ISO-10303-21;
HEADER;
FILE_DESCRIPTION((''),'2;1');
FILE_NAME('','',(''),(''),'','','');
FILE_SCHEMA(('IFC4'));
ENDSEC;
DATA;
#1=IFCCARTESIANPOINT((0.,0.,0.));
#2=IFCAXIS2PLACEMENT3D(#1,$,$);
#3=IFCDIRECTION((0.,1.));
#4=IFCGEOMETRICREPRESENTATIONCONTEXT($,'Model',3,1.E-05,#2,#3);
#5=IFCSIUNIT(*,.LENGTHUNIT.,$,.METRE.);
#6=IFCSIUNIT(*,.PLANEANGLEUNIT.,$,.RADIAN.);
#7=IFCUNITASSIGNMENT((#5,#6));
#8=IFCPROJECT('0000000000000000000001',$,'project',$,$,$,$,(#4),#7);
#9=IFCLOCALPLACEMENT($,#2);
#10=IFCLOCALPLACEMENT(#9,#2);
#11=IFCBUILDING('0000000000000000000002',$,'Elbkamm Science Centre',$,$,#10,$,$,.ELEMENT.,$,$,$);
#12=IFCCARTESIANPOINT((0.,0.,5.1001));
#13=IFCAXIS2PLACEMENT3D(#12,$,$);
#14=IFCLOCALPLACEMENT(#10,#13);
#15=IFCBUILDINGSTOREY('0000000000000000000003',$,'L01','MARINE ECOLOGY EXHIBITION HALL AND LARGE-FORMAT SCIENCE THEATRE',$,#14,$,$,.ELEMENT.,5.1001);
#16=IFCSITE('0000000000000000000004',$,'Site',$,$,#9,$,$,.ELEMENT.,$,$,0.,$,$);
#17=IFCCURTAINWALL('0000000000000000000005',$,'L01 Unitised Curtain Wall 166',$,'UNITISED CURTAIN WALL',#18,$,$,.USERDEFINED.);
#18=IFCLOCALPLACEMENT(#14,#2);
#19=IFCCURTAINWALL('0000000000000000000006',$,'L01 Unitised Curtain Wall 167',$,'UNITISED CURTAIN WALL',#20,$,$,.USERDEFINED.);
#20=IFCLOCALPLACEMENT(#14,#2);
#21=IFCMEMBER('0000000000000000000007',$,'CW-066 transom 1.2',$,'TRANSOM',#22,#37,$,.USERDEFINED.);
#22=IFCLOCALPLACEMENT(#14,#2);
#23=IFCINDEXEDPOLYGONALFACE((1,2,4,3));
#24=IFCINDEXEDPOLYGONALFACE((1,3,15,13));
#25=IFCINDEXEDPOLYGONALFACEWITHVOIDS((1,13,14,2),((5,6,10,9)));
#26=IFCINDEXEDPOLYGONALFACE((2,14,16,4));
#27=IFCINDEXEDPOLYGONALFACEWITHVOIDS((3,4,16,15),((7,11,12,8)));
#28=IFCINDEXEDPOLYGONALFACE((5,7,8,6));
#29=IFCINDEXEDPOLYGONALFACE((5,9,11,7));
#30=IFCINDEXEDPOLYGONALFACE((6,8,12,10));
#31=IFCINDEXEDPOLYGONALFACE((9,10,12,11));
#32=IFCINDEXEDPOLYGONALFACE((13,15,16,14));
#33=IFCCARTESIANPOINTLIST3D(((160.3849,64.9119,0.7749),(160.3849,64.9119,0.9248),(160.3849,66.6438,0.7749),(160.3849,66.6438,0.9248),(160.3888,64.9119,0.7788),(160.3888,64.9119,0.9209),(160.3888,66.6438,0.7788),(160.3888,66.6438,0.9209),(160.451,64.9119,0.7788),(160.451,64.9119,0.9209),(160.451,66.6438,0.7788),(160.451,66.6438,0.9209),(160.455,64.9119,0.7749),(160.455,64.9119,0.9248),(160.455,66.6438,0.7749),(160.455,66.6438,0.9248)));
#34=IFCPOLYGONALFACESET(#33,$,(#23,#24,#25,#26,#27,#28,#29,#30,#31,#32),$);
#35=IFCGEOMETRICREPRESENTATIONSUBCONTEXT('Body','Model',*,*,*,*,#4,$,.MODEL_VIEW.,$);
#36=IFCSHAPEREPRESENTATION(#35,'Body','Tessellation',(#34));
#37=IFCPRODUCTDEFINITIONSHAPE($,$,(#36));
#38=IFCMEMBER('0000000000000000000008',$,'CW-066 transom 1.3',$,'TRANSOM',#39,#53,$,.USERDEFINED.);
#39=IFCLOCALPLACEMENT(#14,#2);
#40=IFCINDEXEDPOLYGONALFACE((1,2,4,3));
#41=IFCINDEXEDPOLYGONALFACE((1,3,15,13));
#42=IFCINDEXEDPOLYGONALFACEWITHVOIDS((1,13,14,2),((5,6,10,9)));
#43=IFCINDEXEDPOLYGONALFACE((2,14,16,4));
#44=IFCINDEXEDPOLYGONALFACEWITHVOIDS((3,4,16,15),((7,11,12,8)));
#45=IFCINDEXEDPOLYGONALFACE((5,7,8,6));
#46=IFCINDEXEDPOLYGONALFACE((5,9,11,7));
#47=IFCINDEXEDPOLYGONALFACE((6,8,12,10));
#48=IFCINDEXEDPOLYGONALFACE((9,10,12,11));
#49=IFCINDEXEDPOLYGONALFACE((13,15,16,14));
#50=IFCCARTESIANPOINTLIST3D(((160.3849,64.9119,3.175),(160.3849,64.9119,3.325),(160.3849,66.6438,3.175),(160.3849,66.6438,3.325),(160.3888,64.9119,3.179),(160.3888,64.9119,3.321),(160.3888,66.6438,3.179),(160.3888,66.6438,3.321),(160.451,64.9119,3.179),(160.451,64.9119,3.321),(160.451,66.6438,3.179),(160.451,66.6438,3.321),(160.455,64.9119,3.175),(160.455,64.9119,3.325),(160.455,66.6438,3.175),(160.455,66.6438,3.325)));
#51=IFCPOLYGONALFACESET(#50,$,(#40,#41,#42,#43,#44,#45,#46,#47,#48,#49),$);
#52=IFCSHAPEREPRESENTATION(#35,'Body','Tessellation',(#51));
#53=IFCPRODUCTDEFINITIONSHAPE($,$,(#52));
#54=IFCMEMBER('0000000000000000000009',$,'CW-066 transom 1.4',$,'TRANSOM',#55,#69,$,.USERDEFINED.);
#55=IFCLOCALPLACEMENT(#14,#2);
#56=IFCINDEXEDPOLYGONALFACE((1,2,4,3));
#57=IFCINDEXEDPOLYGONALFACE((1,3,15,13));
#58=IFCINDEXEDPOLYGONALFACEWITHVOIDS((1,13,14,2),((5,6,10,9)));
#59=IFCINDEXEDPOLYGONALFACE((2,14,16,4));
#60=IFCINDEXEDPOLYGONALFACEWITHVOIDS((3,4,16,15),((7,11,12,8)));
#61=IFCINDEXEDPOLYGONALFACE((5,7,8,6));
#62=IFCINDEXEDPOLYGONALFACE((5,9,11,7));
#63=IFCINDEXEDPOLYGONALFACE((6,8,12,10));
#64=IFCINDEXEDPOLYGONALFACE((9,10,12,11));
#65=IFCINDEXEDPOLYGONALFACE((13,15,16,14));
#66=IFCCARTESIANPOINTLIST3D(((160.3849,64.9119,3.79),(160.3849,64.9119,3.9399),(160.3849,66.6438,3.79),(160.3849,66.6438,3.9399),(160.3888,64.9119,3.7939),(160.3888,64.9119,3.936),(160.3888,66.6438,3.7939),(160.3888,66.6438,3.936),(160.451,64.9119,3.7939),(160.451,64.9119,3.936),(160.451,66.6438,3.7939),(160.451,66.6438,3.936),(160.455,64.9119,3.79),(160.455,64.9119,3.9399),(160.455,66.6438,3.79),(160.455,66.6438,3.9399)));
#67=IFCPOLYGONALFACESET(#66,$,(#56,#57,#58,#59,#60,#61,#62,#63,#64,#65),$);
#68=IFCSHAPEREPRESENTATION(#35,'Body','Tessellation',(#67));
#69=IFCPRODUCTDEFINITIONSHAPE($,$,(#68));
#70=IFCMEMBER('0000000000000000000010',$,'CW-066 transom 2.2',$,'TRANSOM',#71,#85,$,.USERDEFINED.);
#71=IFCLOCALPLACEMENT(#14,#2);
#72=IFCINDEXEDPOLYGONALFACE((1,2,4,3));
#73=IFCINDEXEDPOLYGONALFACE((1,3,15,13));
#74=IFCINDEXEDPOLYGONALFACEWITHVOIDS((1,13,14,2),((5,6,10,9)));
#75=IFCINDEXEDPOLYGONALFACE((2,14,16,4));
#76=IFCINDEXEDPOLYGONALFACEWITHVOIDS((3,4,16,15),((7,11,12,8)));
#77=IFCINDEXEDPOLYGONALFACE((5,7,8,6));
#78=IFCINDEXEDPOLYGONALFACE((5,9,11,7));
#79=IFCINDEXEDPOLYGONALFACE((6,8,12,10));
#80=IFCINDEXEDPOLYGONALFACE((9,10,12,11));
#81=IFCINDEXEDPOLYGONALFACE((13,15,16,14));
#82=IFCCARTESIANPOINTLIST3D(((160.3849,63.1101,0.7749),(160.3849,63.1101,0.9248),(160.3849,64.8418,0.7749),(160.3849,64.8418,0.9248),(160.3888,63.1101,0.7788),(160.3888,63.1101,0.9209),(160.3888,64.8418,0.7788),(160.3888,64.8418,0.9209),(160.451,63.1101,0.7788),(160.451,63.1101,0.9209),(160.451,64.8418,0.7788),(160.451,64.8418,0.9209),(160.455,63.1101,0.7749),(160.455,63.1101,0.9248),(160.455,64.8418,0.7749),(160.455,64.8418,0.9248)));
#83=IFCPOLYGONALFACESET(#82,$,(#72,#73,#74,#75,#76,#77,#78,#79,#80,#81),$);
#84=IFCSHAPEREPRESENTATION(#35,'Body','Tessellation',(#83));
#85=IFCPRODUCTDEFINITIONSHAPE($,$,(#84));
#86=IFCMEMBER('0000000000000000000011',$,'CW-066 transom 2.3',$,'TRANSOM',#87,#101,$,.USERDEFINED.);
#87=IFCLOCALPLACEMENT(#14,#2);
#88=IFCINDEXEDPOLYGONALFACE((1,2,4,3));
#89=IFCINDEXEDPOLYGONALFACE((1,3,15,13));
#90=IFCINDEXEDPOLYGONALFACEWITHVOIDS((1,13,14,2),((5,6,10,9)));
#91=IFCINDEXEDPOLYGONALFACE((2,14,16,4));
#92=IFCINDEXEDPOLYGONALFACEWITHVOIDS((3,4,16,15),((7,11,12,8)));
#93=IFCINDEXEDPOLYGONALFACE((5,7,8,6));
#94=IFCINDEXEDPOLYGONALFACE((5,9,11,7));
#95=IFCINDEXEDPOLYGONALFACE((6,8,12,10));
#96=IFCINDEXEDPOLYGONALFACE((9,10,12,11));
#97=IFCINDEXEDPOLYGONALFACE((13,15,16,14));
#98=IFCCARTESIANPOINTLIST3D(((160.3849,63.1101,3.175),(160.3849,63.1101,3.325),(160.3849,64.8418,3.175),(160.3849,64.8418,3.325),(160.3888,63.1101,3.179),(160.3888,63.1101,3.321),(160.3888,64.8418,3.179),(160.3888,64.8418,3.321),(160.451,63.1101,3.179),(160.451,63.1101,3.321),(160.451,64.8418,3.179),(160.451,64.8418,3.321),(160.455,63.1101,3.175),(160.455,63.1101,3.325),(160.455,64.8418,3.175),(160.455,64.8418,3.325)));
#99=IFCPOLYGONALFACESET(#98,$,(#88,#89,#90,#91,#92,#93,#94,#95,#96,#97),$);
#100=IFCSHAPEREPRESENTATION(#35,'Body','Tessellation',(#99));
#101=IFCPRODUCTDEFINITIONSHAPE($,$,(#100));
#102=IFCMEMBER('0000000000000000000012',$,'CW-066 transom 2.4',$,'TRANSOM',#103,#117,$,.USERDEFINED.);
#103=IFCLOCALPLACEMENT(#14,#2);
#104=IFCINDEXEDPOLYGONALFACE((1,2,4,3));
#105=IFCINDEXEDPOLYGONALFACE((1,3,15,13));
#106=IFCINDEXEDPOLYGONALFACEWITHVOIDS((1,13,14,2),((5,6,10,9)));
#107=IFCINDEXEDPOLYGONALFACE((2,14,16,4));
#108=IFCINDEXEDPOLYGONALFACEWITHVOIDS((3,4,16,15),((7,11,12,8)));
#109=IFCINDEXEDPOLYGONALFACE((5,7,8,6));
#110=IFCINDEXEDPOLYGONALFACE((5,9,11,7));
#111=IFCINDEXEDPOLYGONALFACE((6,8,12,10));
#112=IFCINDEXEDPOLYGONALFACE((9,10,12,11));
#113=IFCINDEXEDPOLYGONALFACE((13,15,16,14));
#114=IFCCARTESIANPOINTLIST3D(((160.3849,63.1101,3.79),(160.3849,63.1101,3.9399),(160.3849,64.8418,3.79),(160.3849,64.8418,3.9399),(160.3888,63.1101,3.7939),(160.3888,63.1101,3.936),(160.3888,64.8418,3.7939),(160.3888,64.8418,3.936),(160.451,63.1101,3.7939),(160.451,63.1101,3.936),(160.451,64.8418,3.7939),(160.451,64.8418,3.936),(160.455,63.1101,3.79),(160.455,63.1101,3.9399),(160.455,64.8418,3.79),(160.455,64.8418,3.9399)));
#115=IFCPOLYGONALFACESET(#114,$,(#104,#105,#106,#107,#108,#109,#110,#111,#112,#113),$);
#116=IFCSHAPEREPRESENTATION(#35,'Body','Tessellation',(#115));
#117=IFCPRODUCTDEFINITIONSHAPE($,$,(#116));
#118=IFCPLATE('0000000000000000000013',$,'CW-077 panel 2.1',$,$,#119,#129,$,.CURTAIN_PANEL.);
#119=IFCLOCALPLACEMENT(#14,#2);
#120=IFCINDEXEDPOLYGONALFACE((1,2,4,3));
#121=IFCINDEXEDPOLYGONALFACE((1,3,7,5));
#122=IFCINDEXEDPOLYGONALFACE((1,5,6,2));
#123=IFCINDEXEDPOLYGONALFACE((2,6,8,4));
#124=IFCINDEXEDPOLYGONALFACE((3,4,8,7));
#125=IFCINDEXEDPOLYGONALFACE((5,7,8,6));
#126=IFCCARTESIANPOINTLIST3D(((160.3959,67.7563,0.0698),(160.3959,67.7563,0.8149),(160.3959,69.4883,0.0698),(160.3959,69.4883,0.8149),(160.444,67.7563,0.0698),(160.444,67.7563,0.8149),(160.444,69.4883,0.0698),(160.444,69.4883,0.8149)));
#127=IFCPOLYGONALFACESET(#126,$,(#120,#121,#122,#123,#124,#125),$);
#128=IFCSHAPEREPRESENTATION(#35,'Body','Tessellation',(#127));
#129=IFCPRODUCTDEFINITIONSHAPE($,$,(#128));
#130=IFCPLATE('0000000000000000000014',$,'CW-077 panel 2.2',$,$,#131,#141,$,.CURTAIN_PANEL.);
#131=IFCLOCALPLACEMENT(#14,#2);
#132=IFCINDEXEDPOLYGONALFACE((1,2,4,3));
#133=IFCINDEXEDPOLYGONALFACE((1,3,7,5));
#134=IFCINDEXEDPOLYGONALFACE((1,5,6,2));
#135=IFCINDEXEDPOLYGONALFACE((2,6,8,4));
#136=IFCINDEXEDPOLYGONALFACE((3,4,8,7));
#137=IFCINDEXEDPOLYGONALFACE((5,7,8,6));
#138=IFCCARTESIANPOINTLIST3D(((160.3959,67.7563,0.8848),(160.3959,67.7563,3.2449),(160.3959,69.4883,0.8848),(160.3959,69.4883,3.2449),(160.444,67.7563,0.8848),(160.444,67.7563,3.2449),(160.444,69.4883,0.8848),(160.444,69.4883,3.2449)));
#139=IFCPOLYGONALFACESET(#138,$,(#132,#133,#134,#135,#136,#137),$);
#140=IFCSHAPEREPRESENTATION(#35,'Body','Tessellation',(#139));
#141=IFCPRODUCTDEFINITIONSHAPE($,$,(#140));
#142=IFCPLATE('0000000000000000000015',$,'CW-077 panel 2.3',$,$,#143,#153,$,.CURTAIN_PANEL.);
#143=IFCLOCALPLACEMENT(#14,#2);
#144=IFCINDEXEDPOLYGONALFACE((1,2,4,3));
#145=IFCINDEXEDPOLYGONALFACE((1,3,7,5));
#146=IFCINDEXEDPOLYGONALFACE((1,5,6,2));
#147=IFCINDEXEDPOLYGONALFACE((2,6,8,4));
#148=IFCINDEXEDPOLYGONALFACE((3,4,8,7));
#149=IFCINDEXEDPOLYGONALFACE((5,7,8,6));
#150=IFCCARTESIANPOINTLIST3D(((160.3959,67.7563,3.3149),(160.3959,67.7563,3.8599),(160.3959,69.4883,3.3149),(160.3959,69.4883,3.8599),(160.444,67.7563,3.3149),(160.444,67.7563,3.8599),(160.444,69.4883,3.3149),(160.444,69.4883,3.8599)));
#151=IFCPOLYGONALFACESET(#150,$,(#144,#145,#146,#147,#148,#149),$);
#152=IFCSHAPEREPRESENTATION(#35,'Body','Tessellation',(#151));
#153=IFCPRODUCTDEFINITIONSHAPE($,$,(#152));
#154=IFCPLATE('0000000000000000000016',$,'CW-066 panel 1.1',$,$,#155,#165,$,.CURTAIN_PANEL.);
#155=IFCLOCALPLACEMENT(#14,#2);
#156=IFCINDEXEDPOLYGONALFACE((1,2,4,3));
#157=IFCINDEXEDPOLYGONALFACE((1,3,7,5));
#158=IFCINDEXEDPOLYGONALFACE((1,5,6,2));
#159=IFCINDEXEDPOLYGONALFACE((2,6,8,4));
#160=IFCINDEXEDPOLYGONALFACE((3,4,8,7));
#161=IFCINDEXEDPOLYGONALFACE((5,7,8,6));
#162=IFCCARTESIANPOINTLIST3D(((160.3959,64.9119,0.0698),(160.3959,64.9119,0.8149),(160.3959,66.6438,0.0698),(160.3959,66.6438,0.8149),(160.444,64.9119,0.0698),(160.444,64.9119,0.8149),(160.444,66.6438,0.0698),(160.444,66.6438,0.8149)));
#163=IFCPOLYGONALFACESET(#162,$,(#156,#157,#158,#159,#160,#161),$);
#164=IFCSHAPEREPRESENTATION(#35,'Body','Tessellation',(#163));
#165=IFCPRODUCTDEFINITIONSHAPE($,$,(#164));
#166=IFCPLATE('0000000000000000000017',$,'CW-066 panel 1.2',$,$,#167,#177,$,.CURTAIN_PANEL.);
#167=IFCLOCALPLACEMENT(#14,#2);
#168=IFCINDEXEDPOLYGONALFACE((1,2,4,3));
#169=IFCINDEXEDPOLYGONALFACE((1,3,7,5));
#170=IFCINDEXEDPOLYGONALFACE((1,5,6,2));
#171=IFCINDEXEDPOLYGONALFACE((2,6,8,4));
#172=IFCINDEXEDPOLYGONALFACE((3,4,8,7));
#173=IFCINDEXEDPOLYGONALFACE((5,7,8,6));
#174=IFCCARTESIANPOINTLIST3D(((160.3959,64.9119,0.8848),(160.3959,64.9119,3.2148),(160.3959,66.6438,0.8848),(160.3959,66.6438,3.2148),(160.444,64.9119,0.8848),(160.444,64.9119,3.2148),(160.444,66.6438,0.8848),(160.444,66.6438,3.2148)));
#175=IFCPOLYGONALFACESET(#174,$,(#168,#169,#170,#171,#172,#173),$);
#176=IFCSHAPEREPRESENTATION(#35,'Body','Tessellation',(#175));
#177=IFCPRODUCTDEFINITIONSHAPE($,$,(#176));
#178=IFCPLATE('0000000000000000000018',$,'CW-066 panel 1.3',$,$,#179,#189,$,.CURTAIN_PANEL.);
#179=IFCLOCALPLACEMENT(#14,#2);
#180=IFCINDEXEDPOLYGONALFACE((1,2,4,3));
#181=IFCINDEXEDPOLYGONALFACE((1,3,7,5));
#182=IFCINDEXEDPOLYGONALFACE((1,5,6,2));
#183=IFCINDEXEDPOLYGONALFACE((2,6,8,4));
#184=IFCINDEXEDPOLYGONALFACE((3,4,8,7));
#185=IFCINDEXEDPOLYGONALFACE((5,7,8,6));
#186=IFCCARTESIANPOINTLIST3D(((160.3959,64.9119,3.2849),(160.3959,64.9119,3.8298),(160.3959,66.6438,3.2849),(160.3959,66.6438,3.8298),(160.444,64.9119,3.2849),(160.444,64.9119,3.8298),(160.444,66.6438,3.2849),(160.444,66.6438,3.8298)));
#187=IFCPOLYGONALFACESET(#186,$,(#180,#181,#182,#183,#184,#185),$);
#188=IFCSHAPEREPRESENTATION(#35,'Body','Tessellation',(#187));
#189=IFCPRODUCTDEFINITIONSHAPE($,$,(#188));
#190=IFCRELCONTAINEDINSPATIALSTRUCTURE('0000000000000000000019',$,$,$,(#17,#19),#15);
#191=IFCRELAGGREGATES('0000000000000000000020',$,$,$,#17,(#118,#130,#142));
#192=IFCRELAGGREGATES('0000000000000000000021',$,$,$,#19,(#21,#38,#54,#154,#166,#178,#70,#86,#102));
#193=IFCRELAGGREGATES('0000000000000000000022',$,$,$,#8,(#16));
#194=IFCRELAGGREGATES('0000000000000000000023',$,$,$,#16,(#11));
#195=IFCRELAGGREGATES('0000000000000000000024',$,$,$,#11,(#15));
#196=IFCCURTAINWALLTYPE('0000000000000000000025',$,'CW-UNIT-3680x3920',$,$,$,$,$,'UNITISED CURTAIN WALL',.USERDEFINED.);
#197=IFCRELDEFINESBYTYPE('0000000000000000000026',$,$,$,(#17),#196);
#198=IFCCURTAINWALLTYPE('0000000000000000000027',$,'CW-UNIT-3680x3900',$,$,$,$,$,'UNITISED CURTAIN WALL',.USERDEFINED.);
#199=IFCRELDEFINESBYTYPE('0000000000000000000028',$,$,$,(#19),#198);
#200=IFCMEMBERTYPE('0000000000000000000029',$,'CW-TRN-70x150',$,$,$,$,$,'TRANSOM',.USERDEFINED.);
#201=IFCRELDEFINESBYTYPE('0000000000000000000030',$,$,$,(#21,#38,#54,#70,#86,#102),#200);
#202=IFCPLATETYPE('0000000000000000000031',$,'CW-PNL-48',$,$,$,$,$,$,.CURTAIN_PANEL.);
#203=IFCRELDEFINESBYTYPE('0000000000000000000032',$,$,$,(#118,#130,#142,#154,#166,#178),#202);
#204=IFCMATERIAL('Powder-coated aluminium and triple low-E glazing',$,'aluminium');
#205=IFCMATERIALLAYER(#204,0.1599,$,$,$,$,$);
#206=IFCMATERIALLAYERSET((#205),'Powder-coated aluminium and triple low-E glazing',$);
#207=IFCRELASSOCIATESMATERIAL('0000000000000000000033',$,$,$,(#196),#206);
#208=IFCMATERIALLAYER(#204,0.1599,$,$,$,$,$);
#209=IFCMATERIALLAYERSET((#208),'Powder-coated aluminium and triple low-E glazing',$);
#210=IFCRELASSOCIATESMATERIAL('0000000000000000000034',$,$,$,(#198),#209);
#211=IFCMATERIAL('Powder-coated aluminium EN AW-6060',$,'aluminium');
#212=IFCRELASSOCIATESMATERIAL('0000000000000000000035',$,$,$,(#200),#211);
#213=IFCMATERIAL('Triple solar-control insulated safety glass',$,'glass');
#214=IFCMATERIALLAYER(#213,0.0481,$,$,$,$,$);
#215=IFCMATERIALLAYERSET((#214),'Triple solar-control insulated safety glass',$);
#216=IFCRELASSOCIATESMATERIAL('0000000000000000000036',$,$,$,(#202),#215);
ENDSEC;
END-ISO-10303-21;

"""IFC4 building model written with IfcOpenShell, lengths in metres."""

from ifc_helpers import new_model, si_unit, direction, frame, origin, origin_2d, place, context, subcontext, project, spatial, rectangle, hollow_rectangle, extrude, material, layer, layer_set, material_profile, profile_set, type_object, element, aggregate, save


model = new_model("IFC4")

# Units and contexts
model_context = context("Model", 3, precision=1e-05, world=origin(), true_north=direction((0.0, 1.0)))
body_context = subcontext(model_context, "Body", "Model", "MODEL_VIEW")
ifc_project = project(units=[si_unit("LENGTHUNIT", "METRE"), si_unit("PLANEANGLEUNIT", "RADIAN")], contexts=[model_context])

# Site, building, storey
site_placement = place(None, origin())
site = spatial("IfcSite", under=ifc_project, at=site_placement, Name="Site", CompositionType="ELEMENT", RefElevation=0.0)
building_placement = place(site_placement, origin())
building = spatial("IfcBuilding", under=site, at=building_placement, Name="Elbkamm Science Centre", CompositionType="ELEMENT")
storey_placement = place(building_placement, frame((0.0, 0.0, 5.1001)))
storey = spatial("IfcBuildingStorey", under=building, at=storey_placement, Name="L01", Description="MARINE ECOLOGY EXHIBITION HALL AND LARGE-FORMAT SCIENCE THEATRE", CompositionType="ELEMENT", Elevation=5.1001)

# Curtain wall
ifc_material_1 = material(Name="Powder-coated aluminium and triple low-E glazing", Category="aluminium")
ifc_layer_1 = layer(ifc_material_1, 0.1599)
ifc_layer_set_1 = layer_set([ifc_layer_1], Name="Powder-coated aluminium and triple low-E glazing")
curtain_wall_type_1 = type_object("IfcCurtainWallType", Name="CW-UNIT-3680x3920", ElementType="UNITISED CURTAIN WALL", PredefinedType="USERDEFINED", material=ifc_layer_set_1)
curtain_wall_1_placement = place(storey_placement, origin())
curtain_wall_1 = element("IfcCurtainWall", 1, at=curtain_wall_1_placement, inside=storey, type_object=curtain_wall_type_1, Name="L01 Unitised Curtain Wall 166", ObjectType="UNITISED CURTAIN WALL", PredefinedType="USERDEFINED")
ifc_material_2 = material(Name="Powder-coated aluminium EN AW-6060", Category="aluminium")

# Curtain wall
ifc_layer_2 = layer(ifc_material_1, 0.1599)
ifc_layer_set_2 = layer_set([ifc_layer_2], Name="Powder-coated aluminium and triple low-E glazing")
curtain_wall_type_2 = type_object("IfcCurtainWallType", Name="CW-UNIT-3680x3900", ElementType="UNITISED CURTAIN WALL", PredefinedType="USERDEFINED", material=ifc_layer_set_2)
curtain_wall_2_placement = place(storey_placement, origin())
curtain_wall_2 = element("IfcCurtainWall", 2, at=curtain_wall_2_placement, inside=storey, type_object=curtain_wall_type_2, Name="L01 Unitised Curtain Wall 167", ObjectType="UNITISED CURTAIN WALL", PredefinedType="USERDEFINED")

# Members
ifc_material_profile_1 = material_profile(ifc_material_2, hollow_rectangle(XDim=0.0701, YDim=0.1499, WallThickness=0.0039, at=origin_2d()), Name="ALU T70x150")
ifc_profile_set_1 = profile_set([ifc_material_profile_1], Name="Powder-coated aluminium EN AW-6060")
member_type_1 = type_object("IfcMemberType", Name="CW-TRN-70x150", ElementType="TRANSOM", PredefinedType="USERDEFINED", material=ifc_profile_set_1)
member_1_placement = place(storey_placement, frame((160.4199, 66.6438, 0.8499), z_axis=(0.0, -1.0, 0.0), x_axis=(1.0, 0.0, 0.0)))
member_1 = element("IfcMember", 3, at=member_1_placement, type_object=member_type_1, Name="CW-066 transom 1.2", ObjectType="TRANSOM", PredefinedType="USERDEFINED", context=body_context, shape_type="SweptSolid", body=[
    extrude(hollow_rectangle(XDim=0.0701, YDim=0.1499, WallThickness=0.0039, at=origin_2d()), origin(), (0.0, 0.0, 1.0), 1.7319),
])
member_2_placement = place(storey_placement, frame((160.4199, 66.6438, 3.25), z_axis=(0.0, -1.0, 0.0), x_axis=(1.0, 0.0, 0.0)))
member_2 = element("IfcMember", 4, at=member_2_placement, type_object=member_type_1, Name="CW-066 transom 1.3", ObjectType="TRANSOM", PredefinedType="USERDEFINED", context=body_context, shape_type="SweptSolid", body=[
    extrude(hollow_rectangle(XDim=0.0701, YDim=0.1499, WallThickness=0.0039, at=origin_2d()), origin(), (0.0, 0.0, 1.0), 1.7319),
])
member_3_placement = place(storey_placement, frame((160.4199, 66.6438, 3.865), z_axis=(0.0, -1.0, 0.0), x_axis=(1.0, 0.0, 0.0)))
member_3 = element("IfcMember", 5, at=member_3_placement, type_object=member_type_1, Name="CW-066 transom 1.4", ObjectType="TRANSOM", PredefinedType="USERDEFINED", context=body_context, shape_type="SweptSolid", body=[
    extrude(hollow_rectangle(XDim=0.0701, YDim=0.1499, WallThickness=0.0039, at=origin_2d()), origin(), (0.0, 0.0, 1.0), 1.7319),
])
member_4_placement = place(storey_placement, frame((160.4199, 64.8418, 0.8499), z_axis=(0.0, -1.0, 0.0), x_axis=(1.0, 0.0, 0.0)))
member_4 = element("IfcMember", 6, at=member_4_placement, type_object=member_type_1, Name="CW-066 transom 2.2", ObjectType="TRANSOM", PredefinedType="USERDEFINED", context=body_context, shape_type="SweptSolid", body=[
    extrude(hollow_rectangle(XDim=0.0701, YDim=0.1499, WallThickness=0.0039, at=origin_2d()), origin(), (0.0, 0.0, 1.0), 1.7317),
])
member_5_placement = place(storey_placement, frame((160.4199, 64.8418, 3.25), z_axis=(0.0, -1.0, 0.0), x_axis=(1.0, 0.0, 0.0)))
member_5 = element("IfcMember", 7, at=member_5_placement, type_object=member_type_1, Name="CW-066 transom 2.3", ObjectType="TRANSOM", PredefinedType="USERDEFINED", context=body_context, shape_type="SweptSolid", body=[
    extrude(hollow_rectangle(XDim=0.0701, YDim=0.1499, WallThickness=0.0039, at=origin_2d()), origin(), (0.0, 0.0, 1.0), 1.7317),
])
member_6_placement = place(storey_placement, frame((160.4199, 64.8418, 3.865), z_axis=(0.0, -1.0, 0.0), x_axis=(1.0, 0.0, 0.0)))
member_6 = element("IfcMember", 8, at=member_6_placement, type_object=member_type_1, Name="CW-066 transom 2.4", ObjectType="TRANSOM", PredefinedType="USERDEFINED", context=body_context, shape_type="SweptSolid", body=[
    extrude(hollow_rectangle(XDim=0.0701, YDim=0.1499, WallThickness=0.0039, at=origin_2d()), origin(), (0.0, 0.0, 1.0), 1.7317),
])

# Plates
ifc_material_3 = material(Name="Triple solar-control insulated safety glass", Category="glass")
ifc_layer_3 = layer(ifc_material_3, 0.0481)
ifc_layer_set_3 = layer_set([ifc_layer_3], Name="Triple solar-control insulated safety glass")
plate_type = type_object("IfcPlateType", Name="CW-PNL-48", PredefinedType="CURTAIN_PANEL", material=ifc_layer_set_3)
plate_1_placement = place(storey_placement, frame((160.4199, 68.6223, 0.0698), z_axis=(0.0, 0.0, 1.0), x_axis=(0.0, -1.0, 0.0)))
plate_1 = element("IfcPlate", 9, at=plate_1_placement, type_object=plate_type, Name="CW-077 panel 2.1", PredefinedType="CURTAIN_PANEL", context=body_context, shape_type="SweptSolid", body=[
    extrude(rectangle(XDim=1.7319, YDim=0.0481, at=origin_2d()), origin(), (0.0, 0.0, 1.0), 0.7451),
])
plate_2_placement = place(storey_placement, frame((160.4199, 68.6223, 0.8848), z_axis=(0.0, 0.0, 1.0), x_axis=(0.0, -1.0, 0.0)))
plate_2 = element("IfcPlate", 10, at=plate_2_placement, type_object=plate_type, Name="CW-077 panel 2.2", PredefinedType="CURTAIN_PANEL", context=body_context, shape_type="SweptSolid", body=[
    extrude(rectangle(XDim=1.7319, YDim=0.0481, at=origin_2d()), origin(), (0.0, 0.0, 1.0), 2.3601),
])
plate_3_placement = place(storey_placement, frame((160.4199, 68.6223, 3.3149), z_axis=(0.0, 0.0, 1.0), x_axis=(0.0, -1.0, 0.0)))
plate_3 = element("IfcPlate", 11, at=plate_3_placement, type_object=plate_type, Name="CW-077 panel 2.3", PredefinedType="CURTAIN_PANEL", context=body_context, shape_type="SweptSolid", body=[
    extrude(rectangle(XDim=1.7319, YDim=0.0481, at=origin_2d()), origin(), (0.0, 0.0, 1.0), 0.5449),
])
aggregate(curtain_wall_1, [plate_1, plate_2, plate_3])
plate_4_placement = place(storey_placement, frame((160.4199, 65.7778, 0.0698), z_axis=(0.0, 0.0, 1.0), x_axis=(0.0, -1.0, 0.0)))
plate_4 = element("IfcPlate", 12, at=plate_4_placement, type_object=plate_type, Name="CW-066 panel 1.1", PredefinedType="CURTAIN_PANEL", context=body_context, shape_type="SweptSolid", body=[
    extrude(rectangle(XDim=1.7319, YDim=0.0481, at=origin_2d()), origin(), (0.0, 0.0, 1.0), 0.7451),
])
plate_5_placement = place(storey_placement, frame((160.4199, 65.7778, 0.8848), z_axis=(0.0, 0.0, 1.0), x_axis=(0.0, -1.0, 0.0)))
plate_5 = element("IfcPlate", 13, at=plate_5_placement, type_object=plate_type, Name="CW-066 panel 1.2", PredefinedType="CURTAIN_PANEL", context=body_context, shape_type="SweptSolid", body=[
    extrude(rectangle(XDim=1.7319, YDim=0.0481, at=origin_2d()), origin(), (0.0, 0.0, 1.0), 2.3301),
])
plate_6_placement = place(storey_placement, frame((160.4199, 65.7778, 3.2849), z_axis=(0.0, 0.0, 1.0), x_axis=(0.0, -1.0, 0.0)))
plate_6 = element("IfcPlate", 14, at=plate_6_placement, type_object=plate_type, Name="CW-066 panel 1.3", PredefinedType="CURTAIN_PANEL", context=body_context, shape_type="SweptSolid", body=[
    extrude(rectangle(XDim=1.7319, YDim=0.0481, at=origin_2d()), origin(), (0.0, 0.0, 1.0), 0.5449),
])
aggregate(curtain_wall_2, [member_1, member_2, member_3, plate_4, plate_5, plate_6, member_4, member_5, member_6])

save(model, "model.ifc")
